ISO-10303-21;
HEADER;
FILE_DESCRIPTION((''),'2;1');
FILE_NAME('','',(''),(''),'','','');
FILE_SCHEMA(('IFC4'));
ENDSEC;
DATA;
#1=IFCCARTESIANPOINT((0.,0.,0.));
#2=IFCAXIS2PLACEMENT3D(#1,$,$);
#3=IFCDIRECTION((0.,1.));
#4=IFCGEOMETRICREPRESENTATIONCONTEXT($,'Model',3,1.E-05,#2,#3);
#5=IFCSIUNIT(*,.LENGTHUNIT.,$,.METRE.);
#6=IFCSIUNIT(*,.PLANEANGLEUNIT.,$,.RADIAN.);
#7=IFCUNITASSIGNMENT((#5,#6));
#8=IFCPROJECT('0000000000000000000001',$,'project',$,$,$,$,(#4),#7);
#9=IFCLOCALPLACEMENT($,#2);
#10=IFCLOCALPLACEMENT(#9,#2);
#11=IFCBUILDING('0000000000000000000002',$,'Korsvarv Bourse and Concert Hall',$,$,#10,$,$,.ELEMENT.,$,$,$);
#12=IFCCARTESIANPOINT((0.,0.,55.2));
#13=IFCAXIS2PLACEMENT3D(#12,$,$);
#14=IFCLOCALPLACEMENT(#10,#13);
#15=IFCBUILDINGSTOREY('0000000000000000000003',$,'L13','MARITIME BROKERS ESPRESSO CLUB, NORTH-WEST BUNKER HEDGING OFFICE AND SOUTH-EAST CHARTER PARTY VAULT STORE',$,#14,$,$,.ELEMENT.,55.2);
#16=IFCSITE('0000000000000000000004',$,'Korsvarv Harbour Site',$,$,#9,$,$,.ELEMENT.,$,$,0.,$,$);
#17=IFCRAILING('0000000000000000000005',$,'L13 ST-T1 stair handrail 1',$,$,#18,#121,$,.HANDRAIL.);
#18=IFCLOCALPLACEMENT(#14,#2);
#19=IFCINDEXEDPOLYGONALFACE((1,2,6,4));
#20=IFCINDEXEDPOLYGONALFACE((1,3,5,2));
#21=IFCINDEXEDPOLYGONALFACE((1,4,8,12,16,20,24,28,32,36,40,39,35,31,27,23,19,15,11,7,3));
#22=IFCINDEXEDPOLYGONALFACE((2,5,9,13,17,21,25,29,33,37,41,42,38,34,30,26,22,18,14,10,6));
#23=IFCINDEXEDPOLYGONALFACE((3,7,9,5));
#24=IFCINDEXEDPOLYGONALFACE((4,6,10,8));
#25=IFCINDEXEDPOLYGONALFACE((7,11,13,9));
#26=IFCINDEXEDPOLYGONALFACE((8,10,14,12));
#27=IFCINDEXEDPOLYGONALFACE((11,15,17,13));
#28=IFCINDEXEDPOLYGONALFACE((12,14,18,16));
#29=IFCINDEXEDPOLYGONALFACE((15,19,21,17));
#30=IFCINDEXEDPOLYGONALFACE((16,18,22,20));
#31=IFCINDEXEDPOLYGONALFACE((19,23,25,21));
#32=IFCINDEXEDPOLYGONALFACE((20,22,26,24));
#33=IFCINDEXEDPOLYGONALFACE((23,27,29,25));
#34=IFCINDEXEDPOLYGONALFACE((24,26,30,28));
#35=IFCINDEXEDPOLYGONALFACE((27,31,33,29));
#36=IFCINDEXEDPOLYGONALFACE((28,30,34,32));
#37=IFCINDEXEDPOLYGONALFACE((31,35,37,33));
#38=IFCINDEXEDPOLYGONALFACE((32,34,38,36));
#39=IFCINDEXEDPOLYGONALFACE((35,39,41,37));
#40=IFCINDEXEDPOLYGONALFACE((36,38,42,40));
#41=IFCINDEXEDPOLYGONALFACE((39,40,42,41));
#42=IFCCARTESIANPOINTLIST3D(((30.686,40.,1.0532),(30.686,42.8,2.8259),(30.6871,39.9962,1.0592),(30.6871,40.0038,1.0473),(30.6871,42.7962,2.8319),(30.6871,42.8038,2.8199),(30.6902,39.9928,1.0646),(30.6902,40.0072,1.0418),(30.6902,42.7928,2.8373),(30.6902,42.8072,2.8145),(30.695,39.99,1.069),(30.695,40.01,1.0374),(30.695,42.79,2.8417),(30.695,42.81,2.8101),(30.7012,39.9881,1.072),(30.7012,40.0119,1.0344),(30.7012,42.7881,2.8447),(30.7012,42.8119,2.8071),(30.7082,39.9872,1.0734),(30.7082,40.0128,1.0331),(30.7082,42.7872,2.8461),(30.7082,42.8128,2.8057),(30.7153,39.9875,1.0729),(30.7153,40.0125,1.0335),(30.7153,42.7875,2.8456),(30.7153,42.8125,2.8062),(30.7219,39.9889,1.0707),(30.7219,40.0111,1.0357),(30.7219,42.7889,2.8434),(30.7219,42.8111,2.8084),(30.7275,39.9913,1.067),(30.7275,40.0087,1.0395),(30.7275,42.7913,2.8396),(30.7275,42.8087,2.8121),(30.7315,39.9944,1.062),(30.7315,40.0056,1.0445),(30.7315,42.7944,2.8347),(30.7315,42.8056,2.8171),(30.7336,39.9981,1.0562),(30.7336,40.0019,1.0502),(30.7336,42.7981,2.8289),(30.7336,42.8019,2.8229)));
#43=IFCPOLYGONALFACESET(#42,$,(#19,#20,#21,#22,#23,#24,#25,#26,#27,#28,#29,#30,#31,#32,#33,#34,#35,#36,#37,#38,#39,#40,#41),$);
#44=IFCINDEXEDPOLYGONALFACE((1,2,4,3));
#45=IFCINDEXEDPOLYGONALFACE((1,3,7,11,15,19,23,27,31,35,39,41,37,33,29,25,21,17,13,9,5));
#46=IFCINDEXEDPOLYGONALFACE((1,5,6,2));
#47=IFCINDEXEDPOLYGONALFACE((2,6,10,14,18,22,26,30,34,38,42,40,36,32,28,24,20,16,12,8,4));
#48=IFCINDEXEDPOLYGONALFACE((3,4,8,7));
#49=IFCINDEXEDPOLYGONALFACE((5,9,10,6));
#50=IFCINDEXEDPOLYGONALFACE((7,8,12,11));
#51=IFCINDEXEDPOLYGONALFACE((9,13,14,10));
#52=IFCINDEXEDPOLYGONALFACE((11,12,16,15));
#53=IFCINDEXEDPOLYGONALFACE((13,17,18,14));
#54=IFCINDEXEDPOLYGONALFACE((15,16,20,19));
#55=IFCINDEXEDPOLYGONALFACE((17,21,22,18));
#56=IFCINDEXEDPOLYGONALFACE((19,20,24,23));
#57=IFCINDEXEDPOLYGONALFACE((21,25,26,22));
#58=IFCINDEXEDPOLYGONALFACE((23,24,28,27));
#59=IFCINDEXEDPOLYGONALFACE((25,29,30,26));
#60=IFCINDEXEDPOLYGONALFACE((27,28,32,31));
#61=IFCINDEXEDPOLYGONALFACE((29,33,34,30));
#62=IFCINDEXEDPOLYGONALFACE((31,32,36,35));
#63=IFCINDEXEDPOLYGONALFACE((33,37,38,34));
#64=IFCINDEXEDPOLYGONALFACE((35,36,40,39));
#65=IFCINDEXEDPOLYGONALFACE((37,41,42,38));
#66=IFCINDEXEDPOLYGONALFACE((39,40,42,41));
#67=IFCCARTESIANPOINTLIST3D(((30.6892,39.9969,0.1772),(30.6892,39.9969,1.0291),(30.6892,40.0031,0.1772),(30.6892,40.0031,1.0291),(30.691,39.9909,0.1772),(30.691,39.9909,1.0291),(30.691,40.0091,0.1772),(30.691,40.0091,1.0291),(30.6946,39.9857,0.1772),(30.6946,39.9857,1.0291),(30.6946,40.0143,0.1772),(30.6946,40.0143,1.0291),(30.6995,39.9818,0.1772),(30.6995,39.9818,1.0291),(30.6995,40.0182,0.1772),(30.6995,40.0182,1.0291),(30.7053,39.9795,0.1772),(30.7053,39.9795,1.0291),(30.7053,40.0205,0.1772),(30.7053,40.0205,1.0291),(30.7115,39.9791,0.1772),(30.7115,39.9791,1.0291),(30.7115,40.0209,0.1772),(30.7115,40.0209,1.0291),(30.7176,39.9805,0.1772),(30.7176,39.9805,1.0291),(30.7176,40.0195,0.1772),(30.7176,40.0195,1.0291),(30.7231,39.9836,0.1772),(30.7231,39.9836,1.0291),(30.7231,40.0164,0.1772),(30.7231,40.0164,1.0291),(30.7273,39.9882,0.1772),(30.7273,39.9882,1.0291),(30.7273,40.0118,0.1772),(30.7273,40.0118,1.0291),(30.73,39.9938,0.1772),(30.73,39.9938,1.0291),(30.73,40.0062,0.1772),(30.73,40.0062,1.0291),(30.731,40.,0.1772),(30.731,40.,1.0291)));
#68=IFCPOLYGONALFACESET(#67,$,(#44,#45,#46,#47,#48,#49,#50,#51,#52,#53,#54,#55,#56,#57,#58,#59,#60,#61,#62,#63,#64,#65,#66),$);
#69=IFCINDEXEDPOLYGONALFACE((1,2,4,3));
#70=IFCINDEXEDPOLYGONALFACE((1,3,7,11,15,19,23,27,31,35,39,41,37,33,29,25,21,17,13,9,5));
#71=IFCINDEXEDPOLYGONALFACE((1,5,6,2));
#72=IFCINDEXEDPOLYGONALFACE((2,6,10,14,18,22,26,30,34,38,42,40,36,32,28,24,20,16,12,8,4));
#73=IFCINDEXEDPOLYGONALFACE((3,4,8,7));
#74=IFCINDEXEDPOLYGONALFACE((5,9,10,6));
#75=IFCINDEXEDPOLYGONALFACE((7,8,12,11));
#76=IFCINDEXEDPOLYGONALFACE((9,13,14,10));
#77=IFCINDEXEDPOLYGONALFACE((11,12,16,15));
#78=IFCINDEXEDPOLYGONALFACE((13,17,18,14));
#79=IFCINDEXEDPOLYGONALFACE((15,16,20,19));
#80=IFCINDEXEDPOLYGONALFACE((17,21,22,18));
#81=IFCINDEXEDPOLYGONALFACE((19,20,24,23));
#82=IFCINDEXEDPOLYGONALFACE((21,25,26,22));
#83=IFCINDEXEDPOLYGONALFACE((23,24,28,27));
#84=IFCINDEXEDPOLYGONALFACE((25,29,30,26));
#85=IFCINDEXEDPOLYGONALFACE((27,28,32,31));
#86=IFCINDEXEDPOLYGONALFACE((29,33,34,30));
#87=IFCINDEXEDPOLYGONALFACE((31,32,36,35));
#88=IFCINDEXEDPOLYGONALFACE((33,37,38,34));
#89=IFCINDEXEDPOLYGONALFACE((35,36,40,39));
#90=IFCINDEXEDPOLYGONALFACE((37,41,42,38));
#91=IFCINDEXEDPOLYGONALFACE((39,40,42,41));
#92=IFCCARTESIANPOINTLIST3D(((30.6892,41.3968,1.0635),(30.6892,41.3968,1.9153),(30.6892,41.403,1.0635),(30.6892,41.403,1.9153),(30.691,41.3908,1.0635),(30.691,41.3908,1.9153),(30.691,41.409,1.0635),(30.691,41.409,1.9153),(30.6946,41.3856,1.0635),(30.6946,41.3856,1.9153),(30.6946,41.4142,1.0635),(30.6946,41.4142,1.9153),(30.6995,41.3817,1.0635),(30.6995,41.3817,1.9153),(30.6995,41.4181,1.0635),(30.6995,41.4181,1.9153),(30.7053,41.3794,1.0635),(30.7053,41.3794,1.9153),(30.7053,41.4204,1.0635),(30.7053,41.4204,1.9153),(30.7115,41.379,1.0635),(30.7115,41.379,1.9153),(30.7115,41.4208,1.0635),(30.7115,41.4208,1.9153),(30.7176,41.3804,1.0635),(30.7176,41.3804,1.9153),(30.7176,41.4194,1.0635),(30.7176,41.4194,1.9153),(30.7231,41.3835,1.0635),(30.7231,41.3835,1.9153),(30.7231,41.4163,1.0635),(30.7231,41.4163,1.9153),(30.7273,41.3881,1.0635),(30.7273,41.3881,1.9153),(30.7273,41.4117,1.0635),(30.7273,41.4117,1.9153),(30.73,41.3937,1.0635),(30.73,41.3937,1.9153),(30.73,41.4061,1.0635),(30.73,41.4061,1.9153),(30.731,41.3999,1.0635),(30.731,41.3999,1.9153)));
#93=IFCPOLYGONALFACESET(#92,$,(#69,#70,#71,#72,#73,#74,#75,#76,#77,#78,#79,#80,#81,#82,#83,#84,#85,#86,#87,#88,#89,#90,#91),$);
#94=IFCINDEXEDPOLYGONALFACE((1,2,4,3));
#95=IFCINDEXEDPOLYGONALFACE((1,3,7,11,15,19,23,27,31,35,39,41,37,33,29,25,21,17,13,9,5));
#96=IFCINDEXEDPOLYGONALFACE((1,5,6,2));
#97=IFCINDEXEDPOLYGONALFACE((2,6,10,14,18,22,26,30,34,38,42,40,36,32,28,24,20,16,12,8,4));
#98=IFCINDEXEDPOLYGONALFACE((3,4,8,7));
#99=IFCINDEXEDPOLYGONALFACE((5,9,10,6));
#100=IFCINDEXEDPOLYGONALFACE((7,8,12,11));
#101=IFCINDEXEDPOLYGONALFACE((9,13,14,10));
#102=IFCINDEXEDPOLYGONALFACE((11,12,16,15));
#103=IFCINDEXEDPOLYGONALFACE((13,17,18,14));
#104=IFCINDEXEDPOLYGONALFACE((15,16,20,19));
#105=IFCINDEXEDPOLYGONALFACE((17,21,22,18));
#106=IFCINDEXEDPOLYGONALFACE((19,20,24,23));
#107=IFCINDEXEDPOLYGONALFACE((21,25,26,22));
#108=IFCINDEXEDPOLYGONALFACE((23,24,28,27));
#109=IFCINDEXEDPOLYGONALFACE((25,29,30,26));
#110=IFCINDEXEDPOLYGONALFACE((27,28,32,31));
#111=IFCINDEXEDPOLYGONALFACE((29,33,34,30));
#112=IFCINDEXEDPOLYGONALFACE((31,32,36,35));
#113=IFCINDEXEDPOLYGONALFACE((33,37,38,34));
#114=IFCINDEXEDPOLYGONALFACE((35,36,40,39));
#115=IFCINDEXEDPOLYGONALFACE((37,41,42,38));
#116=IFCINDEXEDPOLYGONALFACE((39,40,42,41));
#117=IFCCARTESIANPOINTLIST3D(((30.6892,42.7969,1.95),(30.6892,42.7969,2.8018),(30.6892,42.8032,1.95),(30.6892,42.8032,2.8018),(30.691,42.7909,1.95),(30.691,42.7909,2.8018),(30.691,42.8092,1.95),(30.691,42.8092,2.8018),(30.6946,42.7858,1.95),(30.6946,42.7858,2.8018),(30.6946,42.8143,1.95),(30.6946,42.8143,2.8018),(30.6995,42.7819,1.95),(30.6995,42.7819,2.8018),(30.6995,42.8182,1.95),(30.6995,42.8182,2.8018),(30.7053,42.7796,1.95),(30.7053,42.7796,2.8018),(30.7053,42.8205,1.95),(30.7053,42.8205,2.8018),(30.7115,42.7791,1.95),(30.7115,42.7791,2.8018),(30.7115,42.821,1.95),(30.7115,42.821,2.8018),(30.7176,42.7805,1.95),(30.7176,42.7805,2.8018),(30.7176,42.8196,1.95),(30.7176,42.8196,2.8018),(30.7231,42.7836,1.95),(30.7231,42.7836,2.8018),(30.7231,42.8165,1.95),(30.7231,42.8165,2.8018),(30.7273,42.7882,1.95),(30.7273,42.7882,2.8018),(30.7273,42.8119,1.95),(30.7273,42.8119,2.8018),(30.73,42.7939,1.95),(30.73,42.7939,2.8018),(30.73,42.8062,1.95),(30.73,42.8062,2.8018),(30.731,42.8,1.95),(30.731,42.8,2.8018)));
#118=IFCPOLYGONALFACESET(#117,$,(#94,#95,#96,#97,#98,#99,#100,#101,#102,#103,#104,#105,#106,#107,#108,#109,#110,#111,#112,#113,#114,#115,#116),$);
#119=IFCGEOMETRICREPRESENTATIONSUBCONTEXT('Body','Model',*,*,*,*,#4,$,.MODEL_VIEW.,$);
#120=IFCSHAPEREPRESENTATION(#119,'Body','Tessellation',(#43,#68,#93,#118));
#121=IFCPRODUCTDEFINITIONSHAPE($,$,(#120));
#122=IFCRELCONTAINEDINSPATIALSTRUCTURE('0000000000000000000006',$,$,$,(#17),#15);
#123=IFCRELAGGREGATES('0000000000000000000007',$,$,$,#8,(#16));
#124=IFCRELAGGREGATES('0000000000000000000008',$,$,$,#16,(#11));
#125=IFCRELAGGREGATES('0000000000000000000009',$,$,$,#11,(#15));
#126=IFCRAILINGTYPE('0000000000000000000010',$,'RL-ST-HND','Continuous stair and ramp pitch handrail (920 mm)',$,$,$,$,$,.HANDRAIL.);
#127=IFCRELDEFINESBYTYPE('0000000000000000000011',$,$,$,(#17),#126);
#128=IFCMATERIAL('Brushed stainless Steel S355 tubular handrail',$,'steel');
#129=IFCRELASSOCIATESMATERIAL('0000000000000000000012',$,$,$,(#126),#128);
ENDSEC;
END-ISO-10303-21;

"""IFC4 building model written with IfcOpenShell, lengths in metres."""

from ifc_helpers import new_model, si_unit, direction, frame, origin, origin_2d, place, context, subcontext, project, spatial, circle, extrude, material, type_object, element, save


model = new_model("IFC4")

# Units and contexts
model_context = context("Model", 3, precision=1e-05, world=origin(), true_north=direction((0.0, 1.0)))
body_context = subcontext(model_context, "Body", "Model", "MODEL_VIEW")
ifc_project = project(units=[si_unit("LENGTHUNIT", "METRE"), si_unit("PLANEANGLEUNIT", "RADIAN")], contexts=[model_context])

# Site, building, storey
site_placement = place(None, origin())
site = spatial("IfcSite", under=ifc_project, at=site_placement, Name="Korsvarv Harbour Site", CompositionType="ELEMENT", RefElevation=0.0)
building_placement = place(site_placement, origin())
building = spatial("IfcBuilding", under=site, at=building_placement, Name="Korsvarv Bourse and Concert Hall", CompositionType="ELEMENT")
storey_placement = place(building_placement, frame((0.0, 0.0, 55.2)))
storey = spatial("IfcBuildingStorey", under=building, at=storey_placement, Name="L13", Description="MARITIME BROKERS ESPRESSO CLUB, NORTH-WEST BUNKER HEDGING OFFICE AND SOUTH-EAST CHARTER PARTY VAULT STORE", CompositionType="ELEMENT", Elevation=55.2)

# Railing
ifc_material_1 = material(Name="Brushed stainless Steel S355 tubular handrail", Category="steel")
railing_type_1 = type_object("IfcRailingType", Name="RL-ST-HND", Description="Continuous stair and ramp pitch handrail (920 mm)", PredefinedType="HANDRAIL", material=ifc_material_1)
railing_1_placement = place(storey_placement, frame((30.71, 40.0, 0.1772)))
element("IfcRailing", 1, at=railing_1_placement, inside=storey, type_object=railing_type_1, Name="L13 ST-T1 stair handrail 1", PredefinedType="HANDRAIL", context=body_context, shape_type="SweptSolid", body=[
    extrude(circle(Radius=0.0239, at=origin_2d()), frame((0.0, 0.0, 0.876), z_axis=(0.0, 0.844909, 0.53491), x_axis=(-1.0, 0.0, 0.0)), (0.0, 0.0, 1.0), 3.314),
    extrude(circle(Radius=0.021, at=origin_2d()), origin(), (0.0, 0.0, 1.0), 0.8518),
    extrude(circle(Radius=0.021, at=origin_2d()), frame((0.0, 1.3999, 0.8862)), (0.0, 0.0, 1.0), 0.8518),
    extrude(circle(Radius=0.021, at=origin_2d()), frame((0.0, 2.8, 1.7727)), (0.0, 0.0, 1.0), 0.8518),
])

save(model, "model.ifc")
